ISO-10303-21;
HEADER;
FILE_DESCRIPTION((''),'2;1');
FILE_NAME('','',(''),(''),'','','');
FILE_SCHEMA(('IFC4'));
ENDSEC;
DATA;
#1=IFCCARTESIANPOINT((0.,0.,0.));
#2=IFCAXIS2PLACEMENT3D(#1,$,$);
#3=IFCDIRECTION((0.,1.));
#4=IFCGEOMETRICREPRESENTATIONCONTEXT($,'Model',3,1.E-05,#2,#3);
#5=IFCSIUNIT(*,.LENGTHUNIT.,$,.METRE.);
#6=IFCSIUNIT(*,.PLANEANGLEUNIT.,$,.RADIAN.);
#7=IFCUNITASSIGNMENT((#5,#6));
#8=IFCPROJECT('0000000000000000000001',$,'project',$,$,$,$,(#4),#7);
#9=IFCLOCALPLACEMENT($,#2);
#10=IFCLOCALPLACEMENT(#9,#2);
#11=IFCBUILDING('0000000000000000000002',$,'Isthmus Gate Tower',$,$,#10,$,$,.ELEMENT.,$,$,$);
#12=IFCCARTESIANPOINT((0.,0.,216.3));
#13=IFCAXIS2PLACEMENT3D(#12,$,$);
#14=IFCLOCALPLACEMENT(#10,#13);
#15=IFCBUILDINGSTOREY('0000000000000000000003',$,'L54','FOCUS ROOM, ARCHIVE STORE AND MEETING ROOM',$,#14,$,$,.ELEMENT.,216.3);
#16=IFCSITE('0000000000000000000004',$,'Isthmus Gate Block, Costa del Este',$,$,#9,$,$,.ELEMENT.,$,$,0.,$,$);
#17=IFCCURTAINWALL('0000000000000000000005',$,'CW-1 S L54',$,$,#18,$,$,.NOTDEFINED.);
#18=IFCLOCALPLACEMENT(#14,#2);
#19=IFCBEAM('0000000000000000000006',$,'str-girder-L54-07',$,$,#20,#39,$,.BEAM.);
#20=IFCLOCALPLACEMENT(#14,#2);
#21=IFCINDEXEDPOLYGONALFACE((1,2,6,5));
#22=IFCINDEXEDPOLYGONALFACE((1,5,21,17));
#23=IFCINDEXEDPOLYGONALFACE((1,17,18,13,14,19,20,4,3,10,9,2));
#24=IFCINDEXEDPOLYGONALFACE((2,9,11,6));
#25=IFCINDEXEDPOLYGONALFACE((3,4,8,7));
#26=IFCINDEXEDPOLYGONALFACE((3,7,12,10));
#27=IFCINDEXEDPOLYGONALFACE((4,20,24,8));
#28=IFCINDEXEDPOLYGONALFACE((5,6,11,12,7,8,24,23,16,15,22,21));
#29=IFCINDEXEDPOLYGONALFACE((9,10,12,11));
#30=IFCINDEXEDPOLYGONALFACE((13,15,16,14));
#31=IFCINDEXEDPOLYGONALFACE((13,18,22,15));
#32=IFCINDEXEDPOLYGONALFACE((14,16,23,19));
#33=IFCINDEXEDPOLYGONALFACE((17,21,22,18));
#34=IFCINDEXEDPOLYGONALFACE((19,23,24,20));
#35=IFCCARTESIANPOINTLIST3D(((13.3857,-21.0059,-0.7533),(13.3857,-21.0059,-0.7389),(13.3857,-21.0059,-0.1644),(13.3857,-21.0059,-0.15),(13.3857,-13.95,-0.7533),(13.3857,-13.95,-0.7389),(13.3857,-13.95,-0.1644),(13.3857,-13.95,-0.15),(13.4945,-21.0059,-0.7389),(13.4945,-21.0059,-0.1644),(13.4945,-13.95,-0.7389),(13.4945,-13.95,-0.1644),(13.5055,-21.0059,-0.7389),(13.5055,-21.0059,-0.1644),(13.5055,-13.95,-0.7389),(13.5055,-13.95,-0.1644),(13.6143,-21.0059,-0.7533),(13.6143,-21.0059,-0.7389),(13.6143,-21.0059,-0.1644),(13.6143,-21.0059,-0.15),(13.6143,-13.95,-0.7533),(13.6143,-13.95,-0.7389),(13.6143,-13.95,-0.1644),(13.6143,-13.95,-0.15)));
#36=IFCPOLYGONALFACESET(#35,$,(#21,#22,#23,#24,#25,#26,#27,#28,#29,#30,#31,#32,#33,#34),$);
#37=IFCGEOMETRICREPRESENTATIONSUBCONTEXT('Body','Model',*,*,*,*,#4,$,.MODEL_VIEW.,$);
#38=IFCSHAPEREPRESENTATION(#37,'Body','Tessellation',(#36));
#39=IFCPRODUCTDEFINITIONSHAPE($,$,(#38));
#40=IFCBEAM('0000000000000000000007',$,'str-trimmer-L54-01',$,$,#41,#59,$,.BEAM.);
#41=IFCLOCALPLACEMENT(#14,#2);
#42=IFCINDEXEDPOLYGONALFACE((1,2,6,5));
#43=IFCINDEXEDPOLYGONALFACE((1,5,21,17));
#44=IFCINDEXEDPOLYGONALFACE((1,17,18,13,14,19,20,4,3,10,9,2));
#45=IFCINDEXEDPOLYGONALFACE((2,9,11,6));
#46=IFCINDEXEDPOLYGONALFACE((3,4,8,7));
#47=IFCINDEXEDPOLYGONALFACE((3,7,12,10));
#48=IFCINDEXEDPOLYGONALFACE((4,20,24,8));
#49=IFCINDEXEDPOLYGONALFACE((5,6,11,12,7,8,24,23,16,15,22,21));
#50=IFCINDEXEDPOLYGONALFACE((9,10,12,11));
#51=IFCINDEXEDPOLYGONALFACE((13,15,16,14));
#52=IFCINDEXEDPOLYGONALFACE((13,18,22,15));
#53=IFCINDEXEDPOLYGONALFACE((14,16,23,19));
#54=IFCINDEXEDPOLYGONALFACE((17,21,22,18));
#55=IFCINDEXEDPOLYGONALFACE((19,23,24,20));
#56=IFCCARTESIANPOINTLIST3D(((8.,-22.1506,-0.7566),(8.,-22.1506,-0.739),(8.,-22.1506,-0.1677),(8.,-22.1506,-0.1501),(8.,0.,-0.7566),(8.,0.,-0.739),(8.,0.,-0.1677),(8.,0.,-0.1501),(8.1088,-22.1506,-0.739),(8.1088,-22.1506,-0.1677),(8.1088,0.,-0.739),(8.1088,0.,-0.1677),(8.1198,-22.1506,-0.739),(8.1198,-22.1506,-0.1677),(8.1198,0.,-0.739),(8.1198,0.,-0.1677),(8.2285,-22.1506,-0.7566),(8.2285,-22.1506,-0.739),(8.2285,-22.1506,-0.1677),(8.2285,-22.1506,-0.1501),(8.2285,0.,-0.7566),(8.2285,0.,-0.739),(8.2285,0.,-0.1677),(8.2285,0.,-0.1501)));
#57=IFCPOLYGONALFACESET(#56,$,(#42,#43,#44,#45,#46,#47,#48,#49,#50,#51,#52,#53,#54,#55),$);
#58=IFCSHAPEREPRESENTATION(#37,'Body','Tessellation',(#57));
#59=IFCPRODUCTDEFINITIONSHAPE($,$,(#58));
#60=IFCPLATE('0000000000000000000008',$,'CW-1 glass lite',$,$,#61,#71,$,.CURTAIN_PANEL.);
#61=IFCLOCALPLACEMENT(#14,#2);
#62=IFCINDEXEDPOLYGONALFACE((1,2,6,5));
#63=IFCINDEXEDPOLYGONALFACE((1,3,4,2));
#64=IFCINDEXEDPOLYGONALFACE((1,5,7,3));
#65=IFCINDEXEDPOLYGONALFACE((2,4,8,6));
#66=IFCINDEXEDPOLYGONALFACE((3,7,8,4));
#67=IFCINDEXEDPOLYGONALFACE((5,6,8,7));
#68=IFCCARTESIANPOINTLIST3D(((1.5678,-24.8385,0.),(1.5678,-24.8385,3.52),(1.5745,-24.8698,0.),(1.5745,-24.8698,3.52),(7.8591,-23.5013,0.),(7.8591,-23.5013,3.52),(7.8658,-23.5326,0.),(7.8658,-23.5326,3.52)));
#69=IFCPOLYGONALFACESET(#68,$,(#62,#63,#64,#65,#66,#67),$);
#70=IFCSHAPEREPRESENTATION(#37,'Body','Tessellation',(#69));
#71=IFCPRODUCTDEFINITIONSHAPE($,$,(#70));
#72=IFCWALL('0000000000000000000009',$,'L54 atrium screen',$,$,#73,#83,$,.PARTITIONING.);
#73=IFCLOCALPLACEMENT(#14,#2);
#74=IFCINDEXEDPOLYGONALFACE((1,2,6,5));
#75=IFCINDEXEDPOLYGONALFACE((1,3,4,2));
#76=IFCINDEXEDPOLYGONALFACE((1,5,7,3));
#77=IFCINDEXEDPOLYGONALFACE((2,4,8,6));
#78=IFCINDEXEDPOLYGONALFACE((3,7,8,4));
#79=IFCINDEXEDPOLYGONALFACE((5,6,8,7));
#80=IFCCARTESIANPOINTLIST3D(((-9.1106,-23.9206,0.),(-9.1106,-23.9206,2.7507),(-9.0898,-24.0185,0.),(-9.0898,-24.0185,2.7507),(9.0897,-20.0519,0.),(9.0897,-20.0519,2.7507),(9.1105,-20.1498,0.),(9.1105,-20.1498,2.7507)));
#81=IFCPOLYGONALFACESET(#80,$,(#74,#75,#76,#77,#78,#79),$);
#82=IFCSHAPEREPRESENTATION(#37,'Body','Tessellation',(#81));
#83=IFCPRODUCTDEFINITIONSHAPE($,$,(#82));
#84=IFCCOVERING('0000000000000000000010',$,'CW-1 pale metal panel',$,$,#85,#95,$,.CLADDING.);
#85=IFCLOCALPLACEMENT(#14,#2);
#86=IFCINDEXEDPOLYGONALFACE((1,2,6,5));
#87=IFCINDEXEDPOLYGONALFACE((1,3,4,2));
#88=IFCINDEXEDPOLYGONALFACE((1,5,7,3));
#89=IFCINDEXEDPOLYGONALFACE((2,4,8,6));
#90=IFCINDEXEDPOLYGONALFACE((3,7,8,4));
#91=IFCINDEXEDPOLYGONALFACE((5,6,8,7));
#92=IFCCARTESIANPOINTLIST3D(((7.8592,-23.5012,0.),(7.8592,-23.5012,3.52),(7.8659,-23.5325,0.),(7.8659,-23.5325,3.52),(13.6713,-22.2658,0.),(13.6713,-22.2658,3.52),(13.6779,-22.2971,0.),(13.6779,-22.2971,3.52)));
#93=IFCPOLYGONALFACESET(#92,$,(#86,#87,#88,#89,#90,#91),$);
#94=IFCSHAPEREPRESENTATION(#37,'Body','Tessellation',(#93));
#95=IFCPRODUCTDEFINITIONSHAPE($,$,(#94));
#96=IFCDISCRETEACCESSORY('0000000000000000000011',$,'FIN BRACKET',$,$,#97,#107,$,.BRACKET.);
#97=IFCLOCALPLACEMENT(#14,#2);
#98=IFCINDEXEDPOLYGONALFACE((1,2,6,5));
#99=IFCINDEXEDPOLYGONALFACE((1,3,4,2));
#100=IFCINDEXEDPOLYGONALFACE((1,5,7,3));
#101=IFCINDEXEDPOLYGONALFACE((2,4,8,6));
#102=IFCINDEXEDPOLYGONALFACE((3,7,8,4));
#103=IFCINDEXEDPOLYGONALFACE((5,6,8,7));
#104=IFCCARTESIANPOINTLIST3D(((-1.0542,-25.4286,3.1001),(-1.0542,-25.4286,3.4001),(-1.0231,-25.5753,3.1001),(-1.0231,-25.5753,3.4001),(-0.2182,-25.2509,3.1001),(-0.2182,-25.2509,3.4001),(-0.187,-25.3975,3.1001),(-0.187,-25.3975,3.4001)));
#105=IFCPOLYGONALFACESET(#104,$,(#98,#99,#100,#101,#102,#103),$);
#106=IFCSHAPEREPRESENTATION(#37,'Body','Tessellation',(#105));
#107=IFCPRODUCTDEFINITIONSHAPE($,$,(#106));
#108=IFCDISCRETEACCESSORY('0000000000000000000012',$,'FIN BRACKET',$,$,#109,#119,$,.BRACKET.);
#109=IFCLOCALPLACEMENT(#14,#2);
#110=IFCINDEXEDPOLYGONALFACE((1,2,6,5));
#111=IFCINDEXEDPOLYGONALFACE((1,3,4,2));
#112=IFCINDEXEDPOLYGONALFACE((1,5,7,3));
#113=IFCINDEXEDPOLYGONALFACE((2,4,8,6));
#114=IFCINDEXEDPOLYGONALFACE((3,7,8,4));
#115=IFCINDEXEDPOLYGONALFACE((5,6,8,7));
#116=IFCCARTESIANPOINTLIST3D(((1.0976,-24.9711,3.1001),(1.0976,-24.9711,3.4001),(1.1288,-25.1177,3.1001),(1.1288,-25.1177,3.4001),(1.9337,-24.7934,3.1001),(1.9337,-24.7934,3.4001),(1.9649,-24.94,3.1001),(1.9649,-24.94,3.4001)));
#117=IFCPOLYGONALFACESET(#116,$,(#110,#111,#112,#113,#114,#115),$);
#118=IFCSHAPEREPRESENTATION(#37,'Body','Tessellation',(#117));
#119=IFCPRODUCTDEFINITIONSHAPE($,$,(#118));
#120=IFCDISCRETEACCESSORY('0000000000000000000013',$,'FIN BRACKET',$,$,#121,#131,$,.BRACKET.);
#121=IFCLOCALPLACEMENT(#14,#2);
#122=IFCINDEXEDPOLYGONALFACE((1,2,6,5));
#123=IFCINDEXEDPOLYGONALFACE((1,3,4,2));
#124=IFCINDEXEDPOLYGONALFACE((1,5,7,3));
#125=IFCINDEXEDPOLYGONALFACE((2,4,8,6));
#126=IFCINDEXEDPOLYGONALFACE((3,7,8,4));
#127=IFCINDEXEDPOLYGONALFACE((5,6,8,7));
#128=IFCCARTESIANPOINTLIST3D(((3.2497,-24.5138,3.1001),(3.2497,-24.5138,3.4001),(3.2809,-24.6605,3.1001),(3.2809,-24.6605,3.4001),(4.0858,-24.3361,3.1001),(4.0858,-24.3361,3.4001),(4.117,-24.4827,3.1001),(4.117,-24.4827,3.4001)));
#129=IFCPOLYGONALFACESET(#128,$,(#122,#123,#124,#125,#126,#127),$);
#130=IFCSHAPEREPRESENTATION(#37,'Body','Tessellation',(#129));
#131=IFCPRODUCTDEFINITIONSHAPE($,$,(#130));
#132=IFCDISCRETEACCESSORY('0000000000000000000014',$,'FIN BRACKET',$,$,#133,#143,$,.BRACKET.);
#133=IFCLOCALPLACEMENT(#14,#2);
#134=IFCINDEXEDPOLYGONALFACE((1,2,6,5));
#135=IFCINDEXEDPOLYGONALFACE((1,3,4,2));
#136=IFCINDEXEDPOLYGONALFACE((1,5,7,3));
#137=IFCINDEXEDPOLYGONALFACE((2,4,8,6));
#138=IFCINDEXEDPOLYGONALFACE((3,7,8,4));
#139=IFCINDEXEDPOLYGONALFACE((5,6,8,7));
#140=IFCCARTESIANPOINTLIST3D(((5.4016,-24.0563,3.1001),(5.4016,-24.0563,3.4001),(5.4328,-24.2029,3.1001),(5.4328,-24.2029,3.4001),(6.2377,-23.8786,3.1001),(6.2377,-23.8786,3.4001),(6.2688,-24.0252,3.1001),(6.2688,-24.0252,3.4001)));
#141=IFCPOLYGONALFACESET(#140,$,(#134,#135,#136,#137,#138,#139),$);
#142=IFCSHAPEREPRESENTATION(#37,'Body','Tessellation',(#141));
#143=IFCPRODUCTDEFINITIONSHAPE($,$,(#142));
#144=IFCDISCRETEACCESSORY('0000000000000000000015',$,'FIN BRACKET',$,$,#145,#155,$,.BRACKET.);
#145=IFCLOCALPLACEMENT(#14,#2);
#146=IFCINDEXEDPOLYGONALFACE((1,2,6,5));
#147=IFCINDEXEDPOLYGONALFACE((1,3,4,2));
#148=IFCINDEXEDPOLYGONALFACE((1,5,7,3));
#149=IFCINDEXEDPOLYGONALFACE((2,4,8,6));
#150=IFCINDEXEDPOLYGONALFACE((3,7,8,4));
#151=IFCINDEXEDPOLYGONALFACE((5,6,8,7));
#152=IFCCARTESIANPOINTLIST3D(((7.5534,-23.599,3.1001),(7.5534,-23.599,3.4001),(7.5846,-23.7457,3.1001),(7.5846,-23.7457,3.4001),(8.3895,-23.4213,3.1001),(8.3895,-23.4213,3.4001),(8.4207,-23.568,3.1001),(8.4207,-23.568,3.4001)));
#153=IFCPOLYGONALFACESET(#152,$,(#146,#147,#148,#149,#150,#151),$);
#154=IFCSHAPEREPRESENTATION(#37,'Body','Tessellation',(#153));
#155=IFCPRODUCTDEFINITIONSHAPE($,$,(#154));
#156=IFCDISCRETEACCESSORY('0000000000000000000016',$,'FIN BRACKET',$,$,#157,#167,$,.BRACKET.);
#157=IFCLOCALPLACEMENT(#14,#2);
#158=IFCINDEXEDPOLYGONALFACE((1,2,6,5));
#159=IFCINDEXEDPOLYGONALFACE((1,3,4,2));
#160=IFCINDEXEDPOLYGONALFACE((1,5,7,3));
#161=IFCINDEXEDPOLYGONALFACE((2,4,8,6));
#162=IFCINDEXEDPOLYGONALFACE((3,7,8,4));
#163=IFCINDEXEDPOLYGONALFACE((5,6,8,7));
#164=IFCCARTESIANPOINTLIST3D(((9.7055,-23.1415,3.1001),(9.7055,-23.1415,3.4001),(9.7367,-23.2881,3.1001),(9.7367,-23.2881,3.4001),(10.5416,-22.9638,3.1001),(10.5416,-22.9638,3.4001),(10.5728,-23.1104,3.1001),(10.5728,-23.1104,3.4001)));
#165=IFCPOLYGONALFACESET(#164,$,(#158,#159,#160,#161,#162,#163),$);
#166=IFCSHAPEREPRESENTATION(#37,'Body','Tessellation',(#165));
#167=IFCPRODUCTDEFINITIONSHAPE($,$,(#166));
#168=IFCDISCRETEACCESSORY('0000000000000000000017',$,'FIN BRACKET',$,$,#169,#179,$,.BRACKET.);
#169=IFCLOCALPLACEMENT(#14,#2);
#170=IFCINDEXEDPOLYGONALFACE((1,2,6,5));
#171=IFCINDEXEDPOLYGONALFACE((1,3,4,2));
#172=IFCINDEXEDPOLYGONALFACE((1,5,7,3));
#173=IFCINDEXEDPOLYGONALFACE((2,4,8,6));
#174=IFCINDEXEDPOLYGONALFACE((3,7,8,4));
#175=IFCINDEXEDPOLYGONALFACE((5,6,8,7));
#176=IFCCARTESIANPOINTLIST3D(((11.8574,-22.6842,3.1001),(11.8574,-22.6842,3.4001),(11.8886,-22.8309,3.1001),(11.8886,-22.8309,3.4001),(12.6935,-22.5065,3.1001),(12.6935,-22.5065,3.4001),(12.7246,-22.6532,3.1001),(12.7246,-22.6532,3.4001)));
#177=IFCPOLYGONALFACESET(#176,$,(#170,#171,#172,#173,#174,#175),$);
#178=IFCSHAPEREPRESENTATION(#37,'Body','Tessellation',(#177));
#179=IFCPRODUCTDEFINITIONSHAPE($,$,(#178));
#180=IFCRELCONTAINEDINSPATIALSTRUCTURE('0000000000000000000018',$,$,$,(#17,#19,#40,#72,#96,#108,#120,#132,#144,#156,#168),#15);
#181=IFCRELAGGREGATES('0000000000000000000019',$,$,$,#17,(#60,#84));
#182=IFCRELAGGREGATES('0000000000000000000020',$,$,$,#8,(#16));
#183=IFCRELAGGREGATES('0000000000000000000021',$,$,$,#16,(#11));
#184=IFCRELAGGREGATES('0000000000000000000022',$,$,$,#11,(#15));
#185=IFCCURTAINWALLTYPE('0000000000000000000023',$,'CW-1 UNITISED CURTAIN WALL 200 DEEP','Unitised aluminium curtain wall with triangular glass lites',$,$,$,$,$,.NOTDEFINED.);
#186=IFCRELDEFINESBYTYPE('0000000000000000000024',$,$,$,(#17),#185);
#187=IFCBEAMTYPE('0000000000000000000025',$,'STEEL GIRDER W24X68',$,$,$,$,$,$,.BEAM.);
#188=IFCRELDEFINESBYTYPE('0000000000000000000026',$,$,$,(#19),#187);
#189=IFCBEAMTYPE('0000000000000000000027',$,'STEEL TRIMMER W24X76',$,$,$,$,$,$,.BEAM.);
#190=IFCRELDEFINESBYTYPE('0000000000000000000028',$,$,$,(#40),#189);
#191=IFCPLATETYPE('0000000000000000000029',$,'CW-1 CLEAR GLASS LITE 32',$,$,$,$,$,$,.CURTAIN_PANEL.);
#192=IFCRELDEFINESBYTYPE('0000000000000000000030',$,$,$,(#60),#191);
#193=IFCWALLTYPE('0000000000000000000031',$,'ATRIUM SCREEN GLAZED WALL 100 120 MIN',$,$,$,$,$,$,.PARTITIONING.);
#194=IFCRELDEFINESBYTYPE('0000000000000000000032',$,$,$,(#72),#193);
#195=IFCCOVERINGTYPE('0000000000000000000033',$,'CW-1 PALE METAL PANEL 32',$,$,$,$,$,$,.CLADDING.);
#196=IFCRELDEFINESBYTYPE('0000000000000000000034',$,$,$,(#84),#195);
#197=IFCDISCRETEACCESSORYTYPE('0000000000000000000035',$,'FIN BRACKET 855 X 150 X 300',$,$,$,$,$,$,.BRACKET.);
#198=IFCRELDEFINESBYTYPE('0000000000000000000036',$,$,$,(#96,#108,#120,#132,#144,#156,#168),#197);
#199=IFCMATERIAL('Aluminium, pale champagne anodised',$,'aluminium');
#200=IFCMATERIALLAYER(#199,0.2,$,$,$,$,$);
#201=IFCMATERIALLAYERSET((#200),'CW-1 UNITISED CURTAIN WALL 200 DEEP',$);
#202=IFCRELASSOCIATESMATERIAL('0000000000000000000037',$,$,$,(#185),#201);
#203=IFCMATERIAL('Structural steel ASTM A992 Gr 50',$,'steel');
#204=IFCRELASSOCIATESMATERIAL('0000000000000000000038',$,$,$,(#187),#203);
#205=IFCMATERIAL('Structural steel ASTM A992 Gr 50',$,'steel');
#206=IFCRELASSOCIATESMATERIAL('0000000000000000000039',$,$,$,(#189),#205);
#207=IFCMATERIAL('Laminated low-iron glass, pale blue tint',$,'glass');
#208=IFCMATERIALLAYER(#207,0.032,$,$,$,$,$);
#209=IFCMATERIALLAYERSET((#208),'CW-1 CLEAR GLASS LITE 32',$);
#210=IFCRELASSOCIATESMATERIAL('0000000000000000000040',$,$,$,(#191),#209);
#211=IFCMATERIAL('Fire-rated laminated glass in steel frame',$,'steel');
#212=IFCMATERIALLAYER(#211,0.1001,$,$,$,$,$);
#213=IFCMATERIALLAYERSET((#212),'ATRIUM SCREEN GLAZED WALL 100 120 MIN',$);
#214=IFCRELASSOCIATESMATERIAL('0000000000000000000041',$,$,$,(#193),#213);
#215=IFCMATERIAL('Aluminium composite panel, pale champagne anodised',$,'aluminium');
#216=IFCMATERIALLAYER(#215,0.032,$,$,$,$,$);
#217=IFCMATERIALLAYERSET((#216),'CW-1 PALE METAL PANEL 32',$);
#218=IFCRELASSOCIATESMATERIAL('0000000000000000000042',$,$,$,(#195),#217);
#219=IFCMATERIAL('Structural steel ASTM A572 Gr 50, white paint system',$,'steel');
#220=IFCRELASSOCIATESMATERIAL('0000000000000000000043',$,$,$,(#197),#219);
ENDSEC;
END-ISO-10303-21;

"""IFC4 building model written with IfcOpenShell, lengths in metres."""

from ifc_helpers import new_model, si_unit, direction, frame, frame_2d, origin, origin_2d, place, context, subcontext, project, spatial, rectangle, i_section, extrude, material, layer, layer_set, material_profile, profile_set, type_object, element, aggregate, save


model = new_model("IFC4")

# Units and contexts
model_context = context("Model", 3, precision=1e-05, world=origin(), true_north=direction((0.0, 1.0)))
body_context = subcontext(model_context, "Body", "Model", "MODEL_VIEW")
ifc_project = project(units=[si_unit("LENGTHUNIT", "METRE"), si_unit("PLANEANGLEUNIT", "RADIAN")], contexts=[model_context])

# Site, building, storey
site_placement = place(None, origin())
site = spatial("IfcSite", under=ifc_project, at=site_placement, Name="Isthmus Gate Block, Costa del Este", CompositionType="ELEMENT", RefElevation=0.0)
building_placement = place(site_placement, origin())
building = spatial("IfcBuilding", under=site, at=building_placement, Name="Isthmus Gate Tower", CompositionType="ELEMENT")
storey_placement = place(building_placement, frame((0.0, 0.0, 216.3)))
storey = spatial("IfcBuildingStorey", under=building, at=storey_placement, Name="L54", Description="FOCUS ROOM, ARCHIVE STORE AND MEETING ROOM", CompositionType="ELEMENT", Elevation=216.3)

# Curtain wall
ifc_material_1 = material(Name="Aluminium, pale champagne anodised", Category="aluminium")
ifc_layer_1 = layer(ifc_material_1, 0.2)
ifc_layer_set_1 = layer_set([ifc_layer_1], Name="CW-1 UNITISED CURTAIN WALL 200 DEEP")
curtain_wall_type = type_object("IfcCurtainWallType", Name="CW-1 UNITISED CURTAIN WALL 200 DEEP", Description="Unitised aluminium curtain wall with triangular glass lites", PredefinedType="NOTDEFINED", material=ifc_layer_set_1)
curtain_wall_placement = place(storey_placement, origin())
curtain_wall = element("IfcCurtainWall", 1, at=curtain_wall_placement, inside=storey, type_object=curtain_wall_type, Name="CW-1 S L54", PredefinedType="NOTDEFINED")

# Beams
ifc_material_2 = material(Name="Structural steel ASTM A992 Gr 50", Category="steel")
ifc_material_profile_1 = material_profile(ifc_material_2, i_section(OverallWidth=0.2285, OverallDepth=0.6033, WebThickness=0.011, FlangeThickness=0.0144, at=origin_2d()), Name="W24X68")
ifc_profile_set_1 = profile_set([ifc_material_profile_1], Name="Structural steel ASTM A992 Gr 50")
beam_type_1 = type_object("IfcBeamType", Name="STEEL GIRDER W24X68", PredefinedType="BEAM", material=ifc_profile_set_1)
beam_1_placement = place(storey_placement, frame((13.5, -21.0059, -0.4517), z_axis=(0.0, 1.0, 0.0), x_axis=(-1.0, 0.0, 0.0)))
element("IfcBeam", 2, at=beam_1_placement, inside=storey, type_object=beam_type_1, Name="str-girder-L54-07", PredefinedType="BEAM", context=body_context, shape_type="SweptSolid", body=[
    extrude(i_section(OverallWidth=0.2285, OverallDepth=0.6033, WebThickness=0.011, FlangeThickness=0.0144, at=origin_2d()), origin(), (0.0, 0.0, 1.0), 7.0559),
])
ifc_material_3 = material(Name="Structural steel ASTM A992 Gr 50", Category="steel")
ifc_material_profile_2 = material_profile(ifc_material_3, i_section(OverallWidth=0.2285, OverallDepth=0.6064, WebThickness=0.011, FlangeThickness=0.0176, at=origin_2d()), Name="W24X76")
ifc_profile_set_2 = profile_set([ifc_material_profile_2], Name="Structural steel ASTM A992 Gr 50")
beam_type_2 = type_object("IfcBeamType", Name="STEEL TRIMMER W24X76", PredefinedType="BEAM", material=ifc_profile_set_2)
beam_2_placement = place(storey_placement, frame((8.1143, -22.1506, -0.4534), z_axis=(0.0, 1.0, 0.0), x_axis=(-1.0, 0.0, 0.0)))
element("IfcBeam", 3, at=beam_2_placement, inside=storey, type_object=beam_type_2, Name="str-trimmer-L54-01", PredefinedType="BEAM", context=body_context, shape_type="SweptSolid", body=[
    extrude(i_section(OverallWidth=0.2285, OverallDepth=0.6064, WebThickness=0.011, FlangeThickness=0.0176, at=origin_2d()), origin(), (0.0, 0.0, 1.0), 22.1506),
])

# Plate
ifc_material_4 = material(Name="Laminated low-iron glass, pale blue tint", Category="glass")
ifc_layer_2 = layer(ifc_material_4, 0.032)
ifc_layer_set_2 = layer_set([ifc_layer_2], Name="CW-1 CLEAR GLASS LITE 32")
plate_type = type_object("IfcPlateType", Name="CW-1 CLEAR GLASS LITE 32", PredefinedType="CURTAIN_PANEL", material=ifc_layer_set_2)
plate_placement = place(storey_placement, frame((4.7168, -24.1855, 0.0), z_axis=(0.0, 0.0, 1.0), x_axis=(0.978148, 0.207912, 0.0)))
plate = element("IfcPlate", 4, at=plate_placement, type_object=plate_type, Name="CW-1 glass lite", PredefinedType="CURTAIN_PANEL", context=body_context, shape_type="SweptSolid", body=[
    extrude(rectangle(XDim=6.4319, YDim=0.032, at=origin_2d()), origin(), (0.0, 0.0, 1.0), 3.52),
])

# Wall
ifc_material_5 = material(Name="Fire-rated laminated glass in steel frame", Category="steel")
ifc_layer_3 = layer(ifc_material_5, 0.1001)
ifc_layer_set_3 = layer_set([ifc_layer_3], Name="ATRIUM SCREEN GLAZED WALL 100 120 MIN")
wall_type = type_object("IfcWallType", Name="ATRIUM SCREEN GLAZED WALL 100 120 MIN", PredefinedType="PARTITIONING", material=ifc_layer_set_3)
wall_placement = place(storey_placement, frame((9.1001, -20.1008, 0.0), z_axis=(0.0, 0.0, 1.0), x_axis=(-0.978147, -0.207916, 0.0)))
element("IfcWall", 5, at=wall_placement, inside=storey, type_object=wall_type, Name="L54 atrium screen", PredefinedType="PARTITIONING", context=body_context, shape_type="SweptSolid", body=[
    extrude(rectangle(XDim=18.6069, YDim=0.1001, at=frame_2d((9.3035, 0.0))), origin(), (0.0, 0.0, 1.0), 2.7507),
])

# Covering
ifc_material_6 = material(Name="Aluminium composite panel, pale champagne anodised", Category="aluminium")
ifc_layer_4 = layer(ifc_material_6, 0.032)
ifc_layer_set_4 = layer_set([ifc_layer_4], Name="CW-1 PALE METAL PANEL 32")
covering_type = type_object("IfcCoveringType", Name="CW-1 PALE METAL PANEL 32", PredefinedType="CLADDING", material=ifc_layer_set_4)
covering_placement = place(storey_placement, frame((10.7686, -22.8992, 0.0), z_axis=(0.0, 0.0, 1.0), x_axis=(0.978148, 0.207912, 0.0)))
covering = element("IfcCovering", 6, at=covering_placement, type_object=covering_type, Name="CW-1 pale metal panel", PredefinedType="CLADDING", context=body_context, shape_type="SweptSolid", body=[
    extrude(rectangle(XDim=5.9419, YDim=0.032, at=origin_2d()), origin(), (0.0, 0.0, 1.0), 3.52),
])
aggregate(curtain_wall, [plate, covering])

# Discrete accessories
ifc_material_7 = material(Name="Structural steel ASTM A572 Gr 50, white paint system", Category="steel")
discrete_accessory_type = type_object("IfcDiscreteAccessoryType", Name="FIN BRACKET 855 X 150 X 300", PredefinedType="BRACKET", material=ifc_material_7)
for number, where, z_axis, x_axis, name in (
    (7, (-0.6206, -25.4131, 3.1001), (0.0, 0.0, 1.0), (0.207912, -0.978148, 0.0), "FIN BRACKET"),
    (8, (1.5312, -24.9556, 3.1001), (0.0, 0.0, 1.0), (0.207912, -0.978148, 0.0), "FIN BRACKET"),
    (9, (3.6833, -24.4983, 3.1001), (0.0, 0.0, 1.0), (0.207912, -0.978148, 0.0), "FIN BRACKET"),
    (10, (5.8352, -24.0408, 3.1001), (0.0, 0.0, 1.0), (0.207912, -0.978148, 0.0), "FIN BRACKET"),
    (11, (7.9871, -23.5835, 3.1001), (0.0, 0.0, 1.0), (0.207912, -0.978148, 0.0), "FIN BRACKET"),
    (12, (10.1392, -23.126, 3.1001), (0.0, 0.0, 1.0), (0.207912, -0.978148, 0.0), "FIN BRACKET"),
    (13, (12.291, -22.6687, 3.1001), (0.0, 0.0, 1.0), (0.207912, -0.978148, 0.0), "FIN BRACKET"),
):
    element("IfcDiscreteAccessory", number, at=place(storey_placement, frame(where, z_axis=z_axis, x_axis=x_axis)), inside=storey, type_object=discrete_accessory_type, Name=name, PredefinedType="BRACKET", context=body_context, shape_type="SweptSolid", body=[
        extrude(rectangle(XDim=0.1499, YDim=0.8547, at=origin_2d()), origin(), (0.0, 0.0, 1.0), 0.3),
    ])

save(model, "model.ifc")
